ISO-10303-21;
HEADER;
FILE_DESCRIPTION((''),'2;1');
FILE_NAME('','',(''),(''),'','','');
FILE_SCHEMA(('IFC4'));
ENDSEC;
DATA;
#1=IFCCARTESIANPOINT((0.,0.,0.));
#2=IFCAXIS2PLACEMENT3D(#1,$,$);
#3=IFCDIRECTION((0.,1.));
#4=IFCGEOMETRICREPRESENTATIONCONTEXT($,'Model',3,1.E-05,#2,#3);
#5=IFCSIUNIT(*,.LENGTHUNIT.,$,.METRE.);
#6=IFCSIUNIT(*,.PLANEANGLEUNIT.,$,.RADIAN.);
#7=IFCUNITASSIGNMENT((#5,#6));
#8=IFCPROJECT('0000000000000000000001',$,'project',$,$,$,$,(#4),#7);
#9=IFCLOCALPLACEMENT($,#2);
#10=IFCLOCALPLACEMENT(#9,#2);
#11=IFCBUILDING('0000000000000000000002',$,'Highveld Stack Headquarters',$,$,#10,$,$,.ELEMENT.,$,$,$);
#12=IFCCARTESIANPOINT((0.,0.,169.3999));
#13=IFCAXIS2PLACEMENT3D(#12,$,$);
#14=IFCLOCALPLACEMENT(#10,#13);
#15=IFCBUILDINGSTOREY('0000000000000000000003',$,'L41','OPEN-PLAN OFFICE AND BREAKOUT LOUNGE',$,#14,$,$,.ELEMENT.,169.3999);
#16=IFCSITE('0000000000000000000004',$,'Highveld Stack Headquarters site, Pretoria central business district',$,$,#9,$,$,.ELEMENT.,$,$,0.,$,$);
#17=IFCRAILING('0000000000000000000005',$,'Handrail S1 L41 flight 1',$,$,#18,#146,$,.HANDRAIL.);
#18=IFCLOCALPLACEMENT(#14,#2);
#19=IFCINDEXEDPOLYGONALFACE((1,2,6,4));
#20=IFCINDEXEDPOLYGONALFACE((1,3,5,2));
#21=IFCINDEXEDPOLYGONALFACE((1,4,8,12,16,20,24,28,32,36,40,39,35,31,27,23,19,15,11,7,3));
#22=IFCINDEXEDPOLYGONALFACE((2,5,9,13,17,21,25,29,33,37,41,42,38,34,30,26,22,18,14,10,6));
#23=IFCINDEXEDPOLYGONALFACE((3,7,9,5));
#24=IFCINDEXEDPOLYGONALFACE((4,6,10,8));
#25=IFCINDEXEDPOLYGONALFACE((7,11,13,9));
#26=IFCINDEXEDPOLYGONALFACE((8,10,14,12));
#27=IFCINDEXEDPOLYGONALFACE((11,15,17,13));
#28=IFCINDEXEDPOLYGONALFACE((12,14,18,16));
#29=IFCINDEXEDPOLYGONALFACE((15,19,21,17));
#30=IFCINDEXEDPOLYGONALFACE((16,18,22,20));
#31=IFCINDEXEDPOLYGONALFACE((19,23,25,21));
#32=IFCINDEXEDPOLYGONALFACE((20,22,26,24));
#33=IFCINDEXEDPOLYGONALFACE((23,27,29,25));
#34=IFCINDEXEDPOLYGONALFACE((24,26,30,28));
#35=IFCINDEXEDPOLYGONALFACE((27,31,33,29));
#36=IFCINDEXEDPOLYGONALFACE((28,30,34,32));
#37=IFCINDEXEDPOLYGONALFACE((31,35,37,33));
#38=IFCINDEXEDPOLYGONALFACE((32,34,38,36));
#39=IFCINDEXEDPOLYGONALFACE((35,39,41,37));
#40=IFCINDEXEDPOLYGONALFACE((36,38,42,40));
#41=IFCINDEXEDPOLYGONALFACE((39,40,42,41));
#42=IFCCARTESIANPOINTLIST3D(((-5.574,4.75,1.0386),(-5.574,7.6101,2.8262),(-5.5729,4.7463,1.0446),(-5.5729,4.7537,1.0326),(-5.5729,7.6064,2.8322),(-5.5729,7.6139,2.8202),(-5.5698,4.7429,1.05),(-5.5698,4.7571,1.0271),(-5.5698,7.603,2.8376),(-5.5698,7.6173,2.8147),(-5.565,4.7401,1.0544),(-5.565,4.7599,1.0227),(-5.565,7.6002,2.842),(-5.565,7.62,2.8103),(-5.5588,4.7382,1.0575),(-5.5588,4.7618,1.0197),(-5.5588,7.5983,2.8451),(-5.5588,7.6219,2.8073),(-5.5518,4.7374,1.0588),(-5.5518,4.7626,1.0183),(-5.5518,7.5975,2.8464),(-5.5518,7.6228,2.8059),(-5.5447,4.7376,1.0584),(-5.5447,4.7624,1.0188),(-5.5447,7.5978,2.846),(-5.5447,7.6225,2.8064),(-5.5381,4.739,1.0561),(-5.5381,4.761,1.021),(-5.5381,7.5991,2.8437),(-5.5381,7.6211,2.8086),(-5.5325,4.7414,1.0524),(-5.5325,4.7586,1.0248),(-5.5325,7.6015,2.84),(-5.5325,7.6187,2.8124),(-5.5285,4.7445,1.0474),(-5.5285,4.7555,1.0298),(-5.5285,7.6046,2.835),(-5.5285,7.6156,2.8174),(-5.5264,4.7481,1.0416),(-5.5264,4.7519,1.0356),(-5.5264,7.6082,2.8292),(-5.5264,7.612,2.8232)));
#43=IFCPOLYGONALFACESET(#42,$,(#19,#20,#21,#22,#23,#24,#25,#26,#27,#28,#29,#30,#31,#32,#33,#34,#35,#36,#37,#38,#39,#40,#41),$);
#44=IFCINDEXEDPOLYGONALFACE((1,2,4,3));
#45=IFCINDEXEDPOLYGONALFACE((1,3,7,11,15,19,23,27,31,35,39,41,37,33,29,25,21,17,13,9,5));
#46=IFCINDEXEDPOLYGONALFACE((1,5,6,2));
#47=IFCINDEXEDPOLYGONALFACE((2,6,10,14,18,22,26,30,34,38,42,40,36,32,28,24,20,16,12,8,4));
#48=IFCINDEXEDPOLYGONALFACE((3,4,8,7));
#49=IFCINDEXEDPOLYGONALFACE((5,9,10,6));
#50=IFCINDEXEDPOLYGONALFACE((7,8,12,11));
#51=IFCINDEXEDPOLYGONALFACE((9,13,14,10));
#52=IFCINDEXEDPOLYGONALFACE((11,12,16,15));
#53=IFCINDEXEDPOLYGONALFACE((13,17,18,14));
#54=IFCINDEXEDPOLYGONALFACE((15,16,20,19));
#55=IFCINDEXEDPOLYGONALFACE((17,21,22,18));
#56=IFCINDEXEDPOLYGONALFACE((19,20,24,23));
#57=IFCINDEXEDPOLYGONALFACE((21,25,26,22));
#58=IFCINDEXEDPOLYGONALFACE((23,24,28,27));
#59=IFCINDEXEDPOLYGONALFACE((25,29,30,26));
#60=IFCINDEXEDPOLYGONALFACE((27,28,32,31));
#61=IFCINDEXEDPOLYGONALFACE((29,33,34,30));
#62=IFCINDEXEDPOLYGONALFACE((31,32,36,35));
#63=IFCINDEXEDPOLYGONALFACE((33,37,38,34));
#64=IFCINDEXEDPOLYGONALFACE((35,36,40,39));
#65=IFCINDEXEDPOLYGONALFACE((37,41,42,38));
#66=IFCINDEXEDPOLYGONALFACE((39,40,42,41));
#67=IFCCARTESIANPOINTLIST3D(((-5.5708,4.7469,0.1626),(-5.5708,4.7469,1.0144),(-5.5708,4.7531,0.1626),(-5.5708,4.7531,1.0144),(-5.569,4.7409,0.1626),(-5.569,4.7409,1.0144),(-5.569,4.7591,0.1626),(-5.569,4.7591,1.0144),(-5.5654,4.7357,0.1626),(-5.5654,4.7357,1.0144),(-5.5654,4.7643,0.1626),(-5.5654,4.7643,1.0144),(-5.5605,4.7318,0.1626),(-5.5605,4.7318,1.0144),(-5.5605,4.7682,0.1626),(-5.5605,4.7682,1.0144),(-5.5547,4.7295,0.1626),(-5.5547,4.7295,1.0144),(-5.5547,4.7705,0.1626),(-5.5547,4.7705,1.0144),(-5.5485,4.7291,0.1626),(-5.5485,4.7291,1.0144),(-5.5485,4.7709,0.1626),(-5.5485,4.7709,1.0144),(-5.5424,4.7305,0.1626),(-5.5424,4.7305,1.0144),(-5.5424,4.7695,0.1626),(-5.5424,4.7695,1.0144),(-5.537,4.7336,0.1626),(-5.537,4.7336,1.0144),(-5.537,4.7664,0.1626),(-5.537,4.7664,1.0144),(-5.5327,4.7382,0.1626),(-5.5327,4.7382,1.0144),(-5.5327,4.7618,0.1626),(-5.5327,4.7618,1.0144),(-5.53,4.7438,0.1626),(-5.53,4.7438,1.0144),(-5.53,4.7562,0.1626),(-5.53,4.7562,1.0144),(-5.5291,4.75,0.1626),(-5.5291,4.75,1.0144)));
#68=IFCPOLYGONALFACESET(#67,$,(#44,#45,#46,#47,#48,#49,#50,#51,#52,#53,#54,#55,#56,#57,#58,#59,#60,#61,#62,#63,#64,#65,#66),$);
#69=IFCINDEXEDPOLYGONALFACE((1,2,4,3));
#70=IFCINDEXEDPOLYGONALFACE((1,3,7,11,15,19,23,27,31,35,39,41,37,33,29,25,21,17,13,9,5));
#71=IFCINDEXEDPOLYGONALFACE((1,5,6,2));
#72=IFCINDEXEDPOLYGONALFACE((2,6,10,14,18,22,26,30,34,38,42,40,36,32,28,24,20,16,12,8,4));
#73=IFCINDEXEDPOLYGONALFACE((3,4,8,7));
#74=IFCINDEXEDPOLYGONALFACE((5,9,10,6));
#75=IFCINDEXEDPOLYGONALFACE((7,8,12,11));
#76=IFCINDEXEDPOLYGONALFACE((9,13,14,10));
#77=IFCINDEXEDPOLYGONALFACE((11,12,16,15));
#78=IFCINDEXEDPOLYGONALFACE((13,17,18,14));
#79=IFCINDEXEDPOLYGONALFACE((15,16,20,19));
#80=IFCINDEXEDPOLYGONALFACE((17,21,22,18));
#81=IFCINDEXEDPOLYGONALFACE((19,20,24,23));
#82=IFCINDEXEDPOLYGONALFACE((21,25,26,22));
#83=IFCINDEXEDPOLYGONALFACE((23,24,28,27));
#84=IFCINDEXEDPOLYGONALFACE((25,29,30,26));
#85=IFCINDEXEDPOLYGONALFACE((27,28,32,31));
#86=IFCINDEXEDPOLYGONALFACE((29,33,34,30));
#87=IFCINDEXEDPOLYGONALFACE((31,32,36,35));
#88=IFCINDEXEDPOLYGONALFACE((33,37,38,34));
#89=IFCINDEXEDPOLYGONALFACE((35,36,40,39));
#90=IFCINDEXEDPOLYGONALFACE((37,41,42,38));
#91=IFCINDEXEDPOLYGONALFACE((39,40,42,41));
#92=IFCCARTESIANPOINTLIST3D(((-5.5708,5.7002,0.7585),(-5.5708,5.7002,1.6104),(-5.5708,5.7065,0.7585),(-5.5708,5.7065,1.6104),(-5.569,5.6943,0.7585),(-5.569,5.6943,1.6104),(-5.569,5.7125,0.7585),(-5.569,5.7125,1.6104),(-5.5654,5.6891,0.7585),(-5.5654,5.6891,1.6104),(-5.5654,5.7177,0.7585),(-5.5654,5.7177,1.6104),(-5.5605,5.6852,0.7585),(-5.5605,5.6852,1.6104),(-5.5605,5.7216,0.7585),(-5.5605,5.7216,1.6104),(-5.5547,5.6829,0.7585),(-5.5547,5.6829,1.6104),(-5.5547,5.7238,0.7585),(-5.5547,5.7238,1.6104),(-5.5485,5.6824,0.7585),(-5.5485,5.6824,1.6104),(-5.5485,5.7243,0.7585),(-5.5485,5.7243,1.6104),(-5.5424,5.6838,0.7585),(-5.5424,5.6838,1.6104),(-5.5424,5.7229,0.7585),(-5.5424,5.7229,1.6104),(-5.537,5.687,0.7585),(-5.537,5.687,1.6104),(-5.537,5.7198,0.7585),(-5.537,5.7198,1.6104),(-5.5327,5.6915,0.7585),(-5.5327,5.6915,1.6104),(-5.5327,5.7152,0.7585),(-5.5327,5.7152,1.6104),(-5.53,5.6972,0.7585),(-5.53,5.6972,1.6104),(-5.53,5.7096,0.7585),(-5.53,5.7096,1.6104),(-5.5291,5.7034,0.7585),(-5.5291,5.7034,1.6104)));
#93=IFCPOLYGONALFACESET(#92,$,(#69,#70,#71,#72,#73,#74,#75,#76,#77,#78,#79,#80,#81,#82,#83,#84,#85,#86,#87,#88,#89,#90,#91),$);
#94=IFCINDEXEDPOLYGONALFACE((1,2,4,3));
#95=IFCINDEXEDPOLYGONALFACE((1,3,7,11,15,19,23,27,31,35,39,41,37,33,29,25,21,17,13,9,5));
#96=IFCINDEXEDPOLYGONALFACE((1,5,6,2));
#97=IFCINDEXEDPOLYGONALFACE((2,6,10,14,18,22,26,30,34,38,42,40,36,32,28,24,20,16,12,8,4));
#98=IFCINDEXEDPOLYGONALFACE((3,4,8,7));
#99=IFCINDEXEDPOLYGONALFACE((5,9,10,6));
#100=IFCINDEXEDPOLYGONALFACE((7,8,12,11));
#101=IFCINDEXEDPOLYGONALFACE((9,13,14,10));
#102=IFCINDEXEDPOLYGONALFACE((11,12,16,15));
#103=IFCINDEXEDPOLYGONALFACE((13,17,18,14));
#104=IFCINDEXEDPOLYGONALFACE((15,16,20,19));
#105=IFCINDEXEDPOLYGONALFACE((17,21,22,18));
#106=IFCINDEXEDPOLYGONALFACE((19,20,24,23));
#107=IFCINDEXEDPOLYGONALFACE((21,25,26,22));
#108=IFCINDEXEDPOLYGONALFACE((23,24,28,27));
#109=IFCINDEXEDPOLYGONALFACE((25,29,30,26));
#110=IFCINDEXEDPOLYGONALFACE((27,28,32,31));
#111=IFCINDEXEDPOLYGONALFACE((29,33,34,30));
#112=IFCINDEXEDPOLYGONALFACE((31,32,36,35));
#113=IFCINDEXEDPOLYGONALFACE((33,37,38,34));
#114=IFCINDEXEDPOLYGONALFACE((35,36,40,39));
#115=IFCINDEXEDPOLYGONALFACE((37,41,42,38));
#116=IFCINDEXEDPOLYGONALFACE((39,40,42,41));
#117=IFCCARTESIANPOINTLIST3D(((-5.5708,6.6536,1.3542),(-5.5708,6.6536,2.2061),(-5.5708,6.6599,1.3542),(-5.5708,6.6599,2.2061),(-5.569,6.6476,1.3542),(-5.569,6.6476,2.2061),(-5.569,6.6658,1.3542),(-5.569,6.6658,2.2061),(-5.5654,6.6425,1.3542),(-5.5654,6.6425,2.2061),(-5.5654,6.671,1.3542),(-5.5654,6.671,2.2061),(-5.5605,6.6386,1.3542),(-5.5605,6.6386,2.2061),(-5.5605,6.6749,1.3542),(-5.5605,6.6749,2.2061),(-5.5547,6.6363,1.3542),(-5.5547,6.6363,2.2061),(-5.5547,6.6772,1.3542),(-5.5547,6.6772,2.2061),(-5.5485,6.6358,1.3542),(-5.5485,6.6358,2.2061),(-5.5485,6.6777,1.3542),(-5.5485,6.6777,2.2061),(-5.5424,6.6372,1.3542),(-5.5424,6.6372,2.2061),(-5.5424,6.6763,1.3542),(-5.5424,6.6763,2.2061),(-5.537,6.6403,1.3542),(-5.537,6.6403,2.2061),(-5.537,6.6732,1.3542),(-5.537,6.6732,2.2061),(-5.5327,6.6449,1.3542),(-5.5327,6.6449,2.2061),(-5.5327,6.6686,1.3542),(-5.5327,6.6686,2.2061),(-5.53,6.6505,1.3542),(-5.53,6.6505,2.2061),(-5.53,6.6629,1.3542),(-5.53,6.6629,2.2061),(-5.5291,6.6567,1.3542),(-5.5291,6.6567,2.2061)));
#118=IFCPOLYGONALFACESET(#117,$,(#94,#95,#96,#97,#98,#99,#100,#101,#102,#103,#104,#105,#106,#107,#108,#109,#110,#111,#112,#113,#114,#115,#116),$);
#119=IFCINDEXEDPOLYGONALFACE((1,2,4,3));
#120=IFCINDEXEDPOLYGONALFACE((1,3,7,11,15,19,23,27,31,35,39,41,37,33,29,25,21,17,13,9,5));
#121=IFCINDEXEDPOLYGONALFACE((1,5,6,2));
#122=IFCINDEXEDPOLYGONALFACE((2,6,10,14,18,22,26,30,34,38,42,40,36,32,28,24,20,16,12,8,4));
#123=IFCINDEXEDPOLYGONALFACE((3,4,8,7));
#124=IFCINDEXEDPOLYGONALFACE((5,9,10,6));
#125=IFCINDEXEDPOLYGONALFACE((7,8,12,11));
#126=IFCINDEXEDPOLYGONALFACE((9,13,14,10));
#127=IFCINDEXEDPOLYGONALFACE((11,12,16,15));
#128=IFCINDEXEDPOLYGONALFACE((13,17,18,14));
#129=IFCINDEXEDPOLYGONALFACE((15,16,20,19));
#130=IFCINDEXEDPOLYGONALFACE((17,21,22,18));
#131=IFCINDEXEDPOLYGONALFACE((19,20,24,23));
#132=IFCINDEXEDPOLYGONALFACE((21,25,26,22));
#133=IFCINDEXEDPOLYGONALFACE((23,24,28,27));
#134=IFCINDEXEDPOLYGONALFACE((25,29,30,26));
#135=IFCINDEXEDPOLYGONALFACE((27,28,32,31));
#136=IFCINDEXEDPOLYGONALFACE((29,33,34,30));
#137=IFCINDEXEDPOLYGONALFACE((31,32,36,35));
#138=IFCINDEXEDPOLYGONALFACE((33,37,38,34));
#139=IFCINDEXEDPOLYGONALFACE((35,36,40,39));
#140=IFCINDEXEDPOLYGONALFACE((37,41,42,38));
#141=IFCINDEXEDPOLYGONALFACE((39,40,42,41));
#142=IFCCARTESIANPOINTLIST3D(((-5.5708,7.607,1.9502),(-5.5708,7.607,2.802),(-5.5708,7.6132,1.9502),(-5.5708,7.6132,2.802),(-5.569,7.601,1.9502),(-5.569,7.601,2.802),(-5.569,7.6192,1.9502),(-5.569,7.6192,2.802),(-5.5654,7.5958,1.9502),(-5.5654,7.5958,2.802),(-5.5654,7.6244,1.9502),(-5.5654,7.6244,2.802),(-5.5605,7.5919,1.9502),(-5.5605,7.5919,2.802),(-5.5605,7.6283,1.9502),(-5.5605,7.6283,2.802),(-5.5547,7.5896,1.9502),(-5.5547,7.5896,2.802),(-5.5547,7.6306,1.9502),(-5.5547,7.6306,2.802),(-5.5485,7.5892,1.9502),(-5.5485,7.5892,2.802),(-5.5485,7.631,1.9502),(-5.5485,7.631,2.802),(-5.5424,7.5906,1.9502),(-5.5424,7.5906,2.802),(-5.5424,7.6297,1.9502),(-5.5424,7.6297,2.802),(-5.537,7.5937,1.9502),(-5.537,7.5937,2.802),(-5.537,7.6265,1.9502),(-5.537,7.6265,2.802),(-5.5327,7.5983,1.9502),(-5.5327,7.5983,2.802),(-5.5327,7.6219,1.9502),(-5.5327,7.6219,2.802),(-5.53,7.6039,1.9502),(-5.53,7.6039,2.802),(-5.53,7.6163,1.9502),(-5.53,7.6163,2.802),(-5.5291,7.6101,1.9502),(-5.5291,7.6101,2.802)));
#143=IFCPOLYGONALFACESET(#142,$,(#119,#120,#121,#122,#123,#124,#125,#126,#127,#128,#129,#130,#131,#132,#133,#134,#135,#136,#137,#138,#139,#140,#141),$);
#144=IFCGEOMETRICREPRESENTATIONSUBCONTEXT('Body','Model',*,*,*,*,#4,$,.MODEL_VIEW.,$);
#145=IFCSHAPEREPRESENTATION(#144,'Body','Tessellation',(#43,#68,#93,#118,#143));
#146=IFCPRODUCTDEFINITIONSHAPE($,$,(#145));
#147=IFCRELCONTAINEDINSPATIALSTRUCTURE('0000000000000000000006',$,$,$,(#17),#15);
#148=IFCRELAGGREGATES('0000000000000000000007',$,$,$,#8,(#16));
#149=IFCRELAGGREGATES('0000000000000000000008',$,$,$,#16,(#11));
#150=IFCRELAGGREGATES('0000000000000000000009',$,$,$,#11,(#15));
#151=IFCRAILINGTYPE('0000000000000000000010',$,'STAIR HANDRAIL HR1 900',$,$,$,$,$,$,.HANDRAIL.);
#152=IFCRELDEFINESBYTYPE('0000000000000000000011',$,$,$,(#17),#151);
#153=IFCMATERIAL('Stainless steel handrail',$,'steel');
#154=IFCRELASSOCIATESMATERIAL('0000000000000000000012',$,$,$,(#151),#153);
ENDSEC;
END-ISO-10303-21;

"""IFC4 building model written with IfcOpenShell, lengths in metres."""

from ifc_helpers import new_model, si_unit, direction, frame, origin, origin_2d, place, context, subcontext, project, spatial, circle, extrude, material, type_object, element, save


model = new_model("IFC4")

# Units and contexts
model_context = context("Model", 3, precision=1e-05, world=origin(), true_north=direction((0.0, 1.0)))
body_context = subcontext(model_context, "Body", "Model", "MODEL_VIEW")
ifc_project = project(units=[si_unit("LENGTHUNIT", "METRE"), si_unit("PLANEANGLEUNIT", "RADIAN")], contexts=[model_context])

# Site, building, storey
site_placement = place(None, origin())
site = spatial("IfcSite", under=ifc_project, at=site_placement, Name="Highveld Stack Headquarters site, Pretoria central business district", CompositionType="ELEMENT", RefElevation=0.0)
building_placement = place(site_placement, origin())
building = spatial("IfcBuilding", under=site, at=building_placement, Name="Highveld Stack Headquarters", CompositionType="ELEMENT")
storey_placement = place(building_placement, frame((0.0, 0.0, 169.3999)))
storey = spatial("IfcBuildingStorey", under=building, at=storey_placement, Name="L41", Description="OPEN-PLAN OFFICE AND BREAKOUT LOUNGE", CompositionType="ELEMENT", Elevation=169.3999)

# Railing
ifc_material_1 = material(Name="Stainless steel handrail", Category="steel")
railing_type = type_object("IfcRailingType", Name="STAIR HANDRAIL HR1 900", PredefinedType="HANDRAIL", material=ifc_material_1)
for number, where, name in (
    (1, (-5.55, 4.75, 0.1626), "Handrail S1 L41 flight 1"),
):
    element("IfcRailing", number, at=place(storey_placement, frame(where)), inside=storey, type_object=railing_type, Name=name, PredefinedType="HANDRAIL", context=body_context, shape_type="SweptSolid", body=[
        extrude(circle(Radius=0.0239, at=origin_2d()), frame((0.0, 0.0, 0.876), z_axis=(0.0, 0.847994, 0.530005), x_axis=(-1.0, 0.0, 0.0)), (0.0, 0.0, 1.0), 3.3728),
        extrude(circle(Radius=0.021, at=origin_2d()), origin(), (0.0, 0.0, 1.0), 0.8518),
        extrude(circle(Radius=0.021, at=origin_2d()), frame((0.0, 0.9534, 0.5959)), (0.0, 0.0, 1.0), 0.8518),
        extrude(circle(Radius=0.021, at=origin_2d()), frame((0.0, 1.9067, 1.1917)), (0.0, 0.0, 1.0), 0.8518),
        extrude(circle(Radius=0.021, at=origin_2d()), frame((0.0, 2.8601, 1.7876)), (0.0, 0.0, 1.0), 0.8518),
    ])

save(model, "model.ifc")
